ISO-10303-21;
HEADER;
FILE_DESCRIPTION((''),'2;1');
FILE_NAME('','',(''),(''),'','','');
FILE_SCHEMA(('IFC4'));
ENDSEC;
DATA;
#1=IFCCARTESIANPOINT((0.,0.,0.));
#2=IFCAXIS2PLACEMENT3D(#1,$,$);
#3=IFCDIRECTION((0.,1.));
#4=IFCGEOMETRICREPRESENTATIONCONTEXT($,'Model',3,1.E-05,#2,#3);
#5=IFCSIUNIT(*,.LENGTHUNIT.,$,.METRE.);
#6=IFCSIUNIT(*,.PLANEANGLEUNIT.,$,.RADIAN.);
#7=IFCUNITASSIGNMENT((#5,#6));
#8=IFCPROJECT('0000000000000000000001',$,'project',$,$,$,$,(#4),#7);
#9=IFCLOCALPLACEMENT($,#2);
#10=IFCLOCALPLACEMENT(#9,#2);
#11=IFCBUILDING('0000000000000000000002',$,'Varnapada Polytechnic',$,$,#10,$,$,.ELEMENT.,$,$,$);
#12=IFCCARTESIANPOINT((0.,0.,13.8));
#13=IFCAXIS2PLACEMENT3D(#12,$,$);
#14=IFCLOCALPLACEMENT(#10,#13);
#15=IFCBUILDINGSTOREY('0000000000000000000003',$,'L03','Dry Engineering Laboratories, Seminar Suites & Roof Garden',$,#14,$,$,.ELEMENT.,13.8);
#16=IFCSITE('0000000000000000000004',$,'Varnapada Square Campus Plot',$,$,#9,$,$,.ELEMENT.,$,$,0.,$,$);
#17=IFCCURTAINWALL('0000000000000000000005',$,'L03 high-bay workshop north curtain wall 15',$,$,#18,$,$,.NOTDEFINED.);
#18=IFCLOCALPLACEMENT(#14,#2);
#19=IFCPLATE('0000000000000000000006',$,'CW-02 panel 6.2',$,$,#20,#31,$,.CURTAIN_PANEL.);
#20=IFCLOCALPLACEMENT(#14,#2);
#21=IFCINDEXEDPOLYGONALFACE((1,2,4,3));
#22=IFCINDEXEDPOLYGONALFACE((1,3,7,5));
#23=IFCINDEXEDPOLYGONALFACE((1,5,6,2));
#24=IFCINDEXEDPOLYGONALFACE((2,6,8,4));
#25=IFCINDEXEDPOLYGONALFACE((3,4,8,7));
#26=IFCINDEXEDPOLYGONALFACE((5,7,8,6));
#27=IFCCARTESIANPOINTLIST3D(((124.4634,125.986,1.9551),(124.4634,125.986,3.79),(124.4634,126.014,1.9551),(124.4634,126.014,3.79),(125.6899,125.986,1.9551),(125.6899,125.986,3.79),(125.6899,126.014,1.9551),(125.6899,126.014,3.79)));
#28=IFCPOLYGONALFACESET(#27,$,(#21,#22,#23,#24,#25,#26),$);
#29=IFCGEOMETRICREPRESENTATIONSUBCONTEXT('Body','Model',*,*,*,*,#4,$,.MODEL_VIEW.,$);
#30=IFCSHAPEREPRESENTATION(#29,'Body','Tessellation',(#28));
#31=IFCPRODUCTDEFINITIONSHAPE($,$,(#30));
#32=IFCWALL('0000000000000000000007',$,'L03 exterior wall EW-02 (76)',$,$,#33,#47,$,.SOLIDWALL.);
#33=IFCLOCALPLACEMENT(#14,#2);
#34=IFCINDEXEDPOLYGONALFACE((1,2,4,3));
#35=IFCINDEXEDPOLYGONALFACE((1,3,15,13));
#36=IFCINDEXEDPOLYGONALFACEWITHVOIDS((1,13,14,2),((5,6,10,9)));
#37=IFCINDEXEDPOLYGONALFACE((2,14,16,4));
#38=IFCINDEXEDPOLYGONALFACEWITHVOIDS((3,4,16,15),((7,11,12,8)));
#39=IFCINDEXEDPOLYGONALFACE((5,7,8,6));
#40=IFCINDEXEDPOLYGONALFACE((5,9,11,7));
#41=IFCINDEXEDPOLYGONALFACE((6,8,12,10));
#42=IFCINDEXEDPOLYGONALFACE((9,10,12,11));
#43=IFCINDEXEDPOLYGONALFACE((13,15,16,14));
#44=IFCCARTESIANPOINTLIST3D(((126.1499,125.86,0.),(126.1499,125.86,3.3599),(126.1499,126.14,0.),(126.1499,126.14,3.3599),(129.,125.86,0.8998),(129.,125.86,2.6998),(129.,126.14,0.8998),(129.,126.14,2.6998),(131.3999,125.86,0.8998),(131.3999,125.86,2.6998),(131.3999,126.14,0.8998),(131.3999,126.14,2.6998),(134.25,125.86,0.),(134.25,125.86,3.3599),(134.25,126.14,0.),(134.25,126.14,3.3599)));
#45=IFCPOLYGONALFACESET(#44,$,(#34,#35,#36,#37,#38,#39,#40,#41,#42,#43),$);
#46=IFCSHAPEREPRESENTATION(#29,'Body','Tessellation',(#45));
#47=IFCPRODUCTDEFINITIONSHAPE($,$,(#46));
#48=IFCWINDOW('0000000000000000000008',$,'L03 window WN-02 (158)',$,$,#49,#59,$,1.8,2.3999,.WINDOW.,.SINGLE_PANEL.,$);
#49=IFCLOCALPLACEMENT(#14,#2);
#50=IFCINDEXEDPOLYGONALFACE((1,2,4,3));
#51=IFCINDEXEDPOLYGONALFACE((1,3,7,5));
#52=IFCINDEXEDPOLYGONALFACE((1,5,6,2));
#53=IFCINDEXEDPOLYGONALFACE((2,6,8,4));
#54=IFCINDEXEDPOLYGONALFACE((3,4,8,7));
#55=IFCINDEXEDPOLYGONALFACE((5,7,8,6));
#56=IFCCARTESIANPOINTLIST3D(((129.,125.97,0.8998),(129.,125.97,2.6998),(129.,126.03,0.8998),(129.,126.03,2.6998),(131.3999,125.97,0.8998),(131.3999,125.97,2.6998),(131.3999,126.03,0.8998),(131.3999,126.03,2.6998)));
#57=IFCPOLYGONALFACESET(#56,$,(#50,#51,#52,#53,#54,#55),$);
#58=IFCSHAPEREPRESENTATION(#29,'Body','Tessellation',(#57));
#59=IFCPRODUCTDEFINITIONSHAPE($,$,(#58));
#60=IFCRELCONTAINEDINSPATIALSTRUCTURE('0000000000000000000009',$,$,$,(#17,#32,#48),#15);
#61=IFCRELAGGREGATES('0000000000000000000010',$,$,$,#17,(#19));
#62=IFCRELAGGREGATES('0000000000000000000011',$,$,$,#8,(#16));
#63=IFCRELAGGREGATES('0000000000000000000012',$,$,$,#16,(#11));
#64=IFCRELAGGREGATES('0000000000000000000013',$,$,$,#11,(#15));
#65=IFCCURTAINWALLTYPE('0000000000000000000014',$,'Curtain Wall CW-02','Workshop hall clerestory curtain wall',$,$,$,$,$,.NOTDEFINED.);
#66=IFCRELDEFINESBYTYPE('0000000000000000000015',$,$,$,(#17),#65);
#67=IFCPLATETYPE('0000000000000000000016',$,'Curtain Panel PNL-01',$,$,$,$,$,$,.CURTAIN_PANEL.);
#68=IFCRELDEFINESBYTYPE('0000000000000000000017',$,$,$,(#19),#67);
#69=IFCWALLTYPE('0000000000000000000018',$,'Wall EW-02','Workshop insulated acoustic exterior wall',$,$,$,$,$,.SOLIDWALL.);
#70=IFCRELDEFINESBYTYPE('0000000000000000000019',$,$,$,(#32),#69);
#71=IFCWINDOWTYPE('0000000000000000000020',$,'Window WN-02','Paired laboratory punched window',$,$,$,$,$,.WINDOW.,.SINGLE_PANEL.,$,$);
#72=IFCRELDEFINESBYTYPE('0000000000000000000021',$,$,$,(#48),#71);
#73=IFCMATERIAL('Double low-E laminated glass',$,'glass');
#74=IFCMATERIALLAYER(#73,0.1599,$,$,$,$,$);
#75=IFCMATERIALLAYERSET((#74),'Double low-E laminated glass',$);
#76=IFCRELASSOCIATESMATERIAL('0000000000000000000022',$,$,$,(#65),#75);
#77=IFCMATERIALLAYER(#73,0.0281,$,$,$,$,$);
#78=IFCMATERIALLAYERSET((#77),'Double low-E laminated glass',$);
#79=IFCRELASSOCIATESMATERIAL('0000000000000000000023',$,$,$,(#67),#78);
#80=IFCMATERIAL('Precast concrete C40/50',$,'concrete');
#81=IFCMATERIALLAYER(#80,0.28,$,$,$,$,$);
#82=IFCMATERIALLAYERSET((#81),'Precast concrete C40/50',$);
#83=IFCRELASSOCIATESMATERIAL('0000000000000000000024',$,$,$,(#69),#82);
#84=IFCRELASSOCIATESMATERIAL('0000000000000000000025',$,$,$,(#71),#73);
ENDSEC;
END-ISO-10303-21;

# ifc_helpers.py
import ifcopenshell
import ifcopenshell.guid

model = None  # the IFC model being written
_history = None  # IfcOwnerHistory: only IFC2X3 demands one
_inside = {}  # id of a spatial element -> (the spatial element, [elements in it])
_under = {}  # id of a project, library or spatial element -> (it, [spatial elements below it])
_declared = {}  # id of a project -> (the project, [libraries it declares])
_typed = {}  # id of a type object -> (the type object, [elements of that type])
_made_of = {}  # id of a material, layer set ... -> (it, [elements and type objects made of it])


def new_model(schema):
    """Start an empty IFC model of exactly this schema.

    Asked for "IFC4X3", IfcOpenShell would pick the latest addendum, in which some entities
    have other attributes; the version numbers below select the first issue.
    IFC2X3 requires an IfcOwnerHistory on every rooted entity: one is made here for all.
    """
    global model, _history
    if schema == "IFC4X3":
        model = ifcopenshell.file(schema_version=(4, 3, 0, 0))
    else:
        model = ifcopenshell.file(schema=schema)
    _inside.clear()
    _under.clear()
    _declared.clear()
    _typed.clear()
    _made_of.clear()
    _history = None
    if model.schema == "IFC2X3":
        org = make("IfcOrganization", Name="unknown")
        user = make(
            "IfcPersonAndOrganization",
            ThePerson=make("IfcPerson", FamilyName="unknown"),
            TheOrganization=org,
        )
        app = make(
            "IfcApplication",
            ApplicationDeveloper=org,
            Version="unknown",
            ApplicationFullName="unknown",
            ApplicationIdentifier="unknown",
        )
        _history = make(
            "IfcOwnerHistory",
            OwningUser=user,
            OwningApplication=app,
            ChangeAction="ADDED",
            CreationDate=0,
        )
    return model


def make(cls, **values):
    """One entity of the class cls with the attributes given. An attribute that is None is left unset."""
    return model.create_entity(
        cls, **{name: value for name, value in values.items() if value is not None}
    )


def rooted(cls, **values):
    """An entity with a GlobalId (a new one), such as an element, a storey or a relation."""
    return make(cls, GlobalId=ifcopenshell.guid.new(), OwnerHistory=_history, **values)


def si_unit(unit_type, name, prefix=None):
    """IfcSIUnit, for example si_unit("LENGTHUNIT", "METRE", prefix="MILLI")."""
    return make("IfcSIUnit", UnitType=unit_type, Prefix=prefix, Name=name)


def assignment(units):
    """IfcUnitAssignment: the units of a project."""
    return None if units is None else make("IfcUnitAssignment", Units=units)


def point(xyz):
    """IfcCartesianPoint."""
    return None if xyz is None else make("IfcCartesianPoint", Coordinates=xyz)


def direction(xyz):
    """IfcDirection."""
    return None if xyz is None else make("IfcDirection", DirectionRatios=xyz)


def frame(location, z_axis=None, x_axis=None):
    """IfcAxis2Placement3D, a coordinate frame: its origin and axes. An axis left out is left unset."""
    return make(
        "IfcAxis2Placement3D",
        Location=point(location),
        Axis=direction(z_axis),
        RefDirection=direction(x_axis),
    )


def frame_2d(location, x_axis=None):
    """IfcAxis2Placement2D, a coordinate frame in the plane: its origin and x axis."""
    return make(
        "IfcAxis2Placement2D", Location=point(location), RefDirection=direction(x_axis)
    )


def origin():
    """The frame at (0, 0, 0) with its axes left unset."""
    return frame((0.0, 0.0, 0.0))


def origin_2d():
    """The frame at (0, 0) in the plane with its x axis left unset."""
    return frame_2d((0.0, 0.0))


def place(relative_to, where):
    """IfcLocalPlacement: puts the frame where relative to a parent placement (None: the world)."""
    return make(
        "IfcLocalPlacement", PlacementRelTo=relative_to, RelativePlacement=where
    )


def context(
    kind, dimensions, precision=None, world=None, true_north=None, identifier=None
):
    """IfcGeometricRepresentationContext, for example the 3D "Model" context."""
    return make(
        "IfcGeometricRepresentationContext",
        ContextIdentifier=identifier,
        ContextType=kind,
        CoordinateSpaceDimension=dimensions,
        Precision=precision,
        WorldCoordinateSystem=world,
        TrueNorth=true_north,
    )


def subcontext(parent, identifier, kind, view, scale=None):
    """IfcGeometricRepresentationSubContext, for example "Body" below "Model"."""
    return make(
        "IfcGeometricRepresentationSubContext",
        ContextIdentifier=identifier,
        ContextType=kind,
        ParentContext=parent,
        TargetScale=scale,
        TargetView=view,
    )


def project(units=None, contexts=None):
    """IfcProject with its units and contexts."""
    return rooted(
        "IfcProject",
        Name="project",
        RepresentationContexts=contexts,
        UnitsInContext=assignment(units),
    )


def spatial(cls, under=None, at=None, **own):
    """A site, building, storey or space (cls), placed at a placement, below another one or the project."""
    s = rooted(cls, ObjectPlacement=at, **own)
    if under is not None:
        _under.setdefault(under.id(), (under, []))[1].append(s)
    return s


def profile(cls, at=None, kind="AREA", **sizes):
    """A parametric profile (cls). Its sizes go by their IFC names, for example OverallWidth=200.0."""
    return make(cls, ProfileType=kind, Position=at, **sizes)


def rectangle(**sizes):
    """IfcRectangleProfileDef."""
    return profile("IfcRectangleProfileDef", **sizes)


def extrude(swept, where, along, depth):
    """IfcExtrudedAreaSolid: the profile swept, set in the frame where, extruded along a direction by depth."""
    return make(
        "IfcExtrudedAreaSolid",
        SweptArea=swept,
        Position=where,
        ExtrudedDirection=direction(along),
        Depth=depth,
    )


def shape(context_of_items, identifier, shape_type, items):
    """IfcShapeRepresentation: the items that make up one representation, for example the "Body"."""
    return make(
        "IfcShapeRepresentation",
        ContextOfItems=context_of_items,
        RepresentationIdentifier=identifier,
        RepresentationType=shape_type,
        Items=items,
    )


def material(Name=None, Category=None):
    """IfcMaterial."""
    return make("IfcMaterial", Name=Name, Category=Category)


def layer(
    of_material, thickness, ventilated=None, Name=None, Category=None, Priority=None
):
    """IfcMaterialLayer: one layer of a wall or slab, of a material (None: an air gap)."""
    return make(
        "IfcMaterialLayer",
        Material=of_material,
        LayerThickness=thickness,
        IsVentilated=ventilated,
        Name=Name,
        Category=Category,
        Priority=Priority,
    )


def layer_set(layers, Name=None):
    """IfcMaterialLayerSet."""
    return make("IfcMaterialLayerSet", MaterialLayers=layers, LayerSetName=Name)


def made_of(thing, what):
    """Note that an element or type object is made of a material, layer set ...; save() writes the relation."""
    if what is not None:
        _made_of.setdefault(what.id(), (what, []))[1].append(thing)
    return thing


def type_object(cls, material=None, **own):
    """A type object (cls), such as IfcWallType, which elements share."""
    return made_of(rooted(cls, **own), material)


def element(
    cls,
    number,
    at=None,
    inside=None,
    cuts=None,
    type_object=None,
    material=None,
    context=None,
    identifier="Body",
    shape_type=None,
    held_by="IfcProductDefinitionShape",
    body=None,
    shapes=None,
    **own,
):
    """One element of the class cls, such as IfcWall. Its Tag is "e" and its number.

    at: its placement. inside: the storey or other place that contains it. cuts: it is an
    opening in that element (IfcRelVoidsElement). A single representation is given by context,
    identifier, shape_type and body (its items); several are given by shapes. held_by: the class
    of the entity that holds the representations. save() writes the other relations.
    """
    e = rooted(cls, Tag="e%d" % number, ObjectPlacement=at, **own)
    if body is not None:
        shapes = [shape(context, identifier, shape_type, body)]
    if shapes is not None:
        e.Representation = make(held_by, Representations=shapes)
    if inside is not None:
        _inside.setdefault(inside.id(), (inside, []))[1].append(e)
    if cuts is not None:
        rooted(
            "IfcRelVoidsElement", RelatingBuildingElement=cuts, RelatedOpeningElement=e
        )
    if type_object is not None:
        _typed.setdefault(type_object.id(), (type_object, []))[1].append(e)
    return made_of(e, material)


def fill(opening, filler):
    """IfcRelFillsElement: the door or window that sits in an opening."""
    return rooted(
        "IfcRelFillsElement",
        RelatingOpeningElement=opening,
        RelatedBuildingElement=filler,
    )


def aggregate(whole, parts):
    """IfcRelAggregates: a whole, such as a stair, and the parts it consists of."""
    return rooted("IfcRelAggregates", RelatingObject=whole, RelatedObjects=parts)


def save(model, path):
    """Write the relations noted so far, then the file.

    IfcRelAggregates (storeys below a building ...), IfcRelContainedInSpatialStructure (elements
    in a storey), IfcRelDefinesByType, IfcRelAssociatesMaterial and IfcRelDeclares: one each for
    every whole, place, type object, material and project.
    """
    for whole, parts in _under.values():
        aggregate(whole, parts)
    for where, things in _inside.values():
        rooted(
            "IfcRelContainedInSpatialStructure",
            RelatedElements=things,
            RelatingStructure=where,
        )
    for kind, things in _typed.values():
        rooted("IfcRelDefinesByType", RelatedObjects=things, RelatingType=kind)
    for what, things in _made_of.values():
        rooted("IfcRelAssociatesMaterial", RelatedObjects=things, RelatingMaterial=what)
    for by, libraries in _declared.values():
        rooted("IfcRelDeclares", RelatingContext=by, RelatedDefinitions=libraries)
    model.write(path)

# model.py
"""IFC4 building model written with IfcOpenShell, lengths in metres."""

from ifc_helpers import new_model, si_unit, direction, frame, frame_2d, origin, origin_2d, place, context, subcontext, project, spatial, rectangle, extrude, material, layer, layer_set, type_object, element, fill, aggregate, save


model = new_model("IFC4")

# Units and contexts
model_context = context("Model", 3, precision=1e-05, world=origin(), true_north=direction((0.0, 1.0)))
body_context = subcontext(model_context, "Body", "Model", "MODEL_VIEW")
ifc_project = project(units=[si_unit("LENGTHUNIT", "METRE"), si_unit("PLANEANGLEUNIT", "RADIAN")], contexts=[model_context])

# Site, building, storey
site_placement = place(None, origin())
site = spatial("IfcSite", under=ifc_project, at=site_placement, Name="Varnapada Square Campus Plot", CompositionType="ELEMENT", RefElevation=0.0)
building_placement = place(site_placement, origin())
building = spatial("IfcBuilding", under=site, at=building_placement, Name="Varnapada Polytechnic", CompositionType="ELEMENT")
storey_placement = place(building_placement, frame((0.0, 0.0, 13.8)))
storey = spatial("IfcBuildingStorey", under=building, at=storey_placement, Name="L03", Description="Dry Engineering Laboratories, Seminar Suites & Roof Garden", CompositionType="ELEMENT", Elevation=13.8)

# Curtain wall
ifc_material_1 = material(Name="Double low-E laminated glass", Category="glass")
ifc_layer_1 = layer(ifc_material_1, 0.1599)
ifc_layer_set_1 = layer_set([ifc_layer_1], Name="Double low-E laminated glass")
curtain_wall_type = type_object("IfcCurtainWallType", Name="Curtain Wall CW-02", Description="Workshop hall clerestory curtain wall", PredefinedType="NOTDEFINED", material=ifc_layer_set_1)
curtain_wall_placement = place(storey_placement, origin())
curtain_wall = element("IfcCurtainWall", 1, at=curtain_wall_placement, inside=storey, type_object=curtain_wall_type, Name="L03 high-bay workshop north curtain wall 15", PredefinedType="NOTDEFINED")

# Plate
ifc_layer_2 = layer(ifc_material_1, 0.0281)
ifc_layer_set_2 = layer_set([ifc_layer_2], Name="Double low-E laminated glass")
plate_type = type_object("IfcPlateType", Name="Curtain Panel PNL-01", PredefinedType="CURTAIN_PANEL", material=ifc_layer_set_2)
plate_1_placement = place(storey_placement, frame((125.0767, 126.0, 1.9551), z_axis=(0.0, 0.0, 1.0), x_axis=(1.0, 0.0, 0.0)))
plate_1 = element("IfcPlate", 2, at=plate_1_placement, type_object=plate_type, Name="CW-02 panel 6.2", PredefinedType="CURTAIN_PANEL", context=body_context, shape_type="SweptSolid", body=[
    extrude(rectangle(XDim=1.2266, YDim=0.0281, at=origin_2d()), origin(), (0.0, 0.0, 1.0), 1.835),
])
aggregate(curtain_wall, [plate_1])

# Wall, opening, window
ifc_material_2 = material(Name="Precast concrete C40/50", Category="concrete")
ifc_layer_3 = layer(ifc_material_2, 0.28)
ifc_layer_set_3 = layer_set([ifc_layer_3], Name="Precast concrete C40/50")
wall_type = type_object("IfcWallType", Name="Wall EW-02", Description="Workshop insulated acoustic exterior wall", PredefinedType="SOLIDWALL", material=ifc_layer_set_3)
wall_placement = place(storey_placement, frame((126.1499, 126.0, 0.0), z_axis=(0.0, 0.0, 1.0), x_axis=(1.0, 0.0, 0.0)))
wall = element("IfcWall", 3, at=wall_placement, inside=storey, type_object=wall_type, Name="L03 exterior wall EW-02 (76)", PredefinedType="SOLIDWALL", context=body_context, shape_type="SweptSolid", body=[
    extrude(rectangle(XDim=8.1001, YDim=0.28, at=frame_2d((4.05, 0.0))), origin(), (0.0, 0.0, 1.0), 3.3599),
])
opening_1_placement = place(wall_placement, frame((2.8501, 0.0, 0.8999)))
opening_1 = element("IfcOpeningElement", 4, at=opening_1_placement, cuts=wall, PredefinedType="OPENING", context=body_context, shape_type="SweptSolid", body=[
    extrude(rectangle(XDim=2.3999, YDim=1.8, at=frame_2d((1.2, 0.8999))), frame((0.0, 0.1499, 0.0), z_axis=(0.0, -1.0, 0.0), x_axis=(1.0, 0.0, 0.0)), (0.0, 0.0, 1.0), 0.3),
])
window_type = type_object("IfcWindowType", Name="Window WN-02", Description="Paired laboratory punched window", PartitioningType="SINGLE_PANEL", PredefinedType="WINDOW", material=ifc_material_1)
window_placement = place(opening_1_placement, origin())
window = element("IfcWindow", 5, at=window_placement, inside=storey, type_object=window_type, Name="L03 window WN-02 (158)", OverallHeight=1.8, OverallWidth=2.3999, PartitioningType="SINGLE_PANEL", PredefinedType="WINDOW", context=body_context, shape_type="SweptSolid", body=[
    extrude(rectangle(XDim=2.3999, YDim=1.8, at=frame_2d((1.2, 0.8999))), frame((0.0, 0.03, 0.0), z_axis=(0.0, -1.0, 0.0), x_axis=(1.0, 0.0, 0.0)), (0.0, 0.0, 1.0), 0.0601),
])
fill(opening_1, window)

save(model, "model.ifc")
